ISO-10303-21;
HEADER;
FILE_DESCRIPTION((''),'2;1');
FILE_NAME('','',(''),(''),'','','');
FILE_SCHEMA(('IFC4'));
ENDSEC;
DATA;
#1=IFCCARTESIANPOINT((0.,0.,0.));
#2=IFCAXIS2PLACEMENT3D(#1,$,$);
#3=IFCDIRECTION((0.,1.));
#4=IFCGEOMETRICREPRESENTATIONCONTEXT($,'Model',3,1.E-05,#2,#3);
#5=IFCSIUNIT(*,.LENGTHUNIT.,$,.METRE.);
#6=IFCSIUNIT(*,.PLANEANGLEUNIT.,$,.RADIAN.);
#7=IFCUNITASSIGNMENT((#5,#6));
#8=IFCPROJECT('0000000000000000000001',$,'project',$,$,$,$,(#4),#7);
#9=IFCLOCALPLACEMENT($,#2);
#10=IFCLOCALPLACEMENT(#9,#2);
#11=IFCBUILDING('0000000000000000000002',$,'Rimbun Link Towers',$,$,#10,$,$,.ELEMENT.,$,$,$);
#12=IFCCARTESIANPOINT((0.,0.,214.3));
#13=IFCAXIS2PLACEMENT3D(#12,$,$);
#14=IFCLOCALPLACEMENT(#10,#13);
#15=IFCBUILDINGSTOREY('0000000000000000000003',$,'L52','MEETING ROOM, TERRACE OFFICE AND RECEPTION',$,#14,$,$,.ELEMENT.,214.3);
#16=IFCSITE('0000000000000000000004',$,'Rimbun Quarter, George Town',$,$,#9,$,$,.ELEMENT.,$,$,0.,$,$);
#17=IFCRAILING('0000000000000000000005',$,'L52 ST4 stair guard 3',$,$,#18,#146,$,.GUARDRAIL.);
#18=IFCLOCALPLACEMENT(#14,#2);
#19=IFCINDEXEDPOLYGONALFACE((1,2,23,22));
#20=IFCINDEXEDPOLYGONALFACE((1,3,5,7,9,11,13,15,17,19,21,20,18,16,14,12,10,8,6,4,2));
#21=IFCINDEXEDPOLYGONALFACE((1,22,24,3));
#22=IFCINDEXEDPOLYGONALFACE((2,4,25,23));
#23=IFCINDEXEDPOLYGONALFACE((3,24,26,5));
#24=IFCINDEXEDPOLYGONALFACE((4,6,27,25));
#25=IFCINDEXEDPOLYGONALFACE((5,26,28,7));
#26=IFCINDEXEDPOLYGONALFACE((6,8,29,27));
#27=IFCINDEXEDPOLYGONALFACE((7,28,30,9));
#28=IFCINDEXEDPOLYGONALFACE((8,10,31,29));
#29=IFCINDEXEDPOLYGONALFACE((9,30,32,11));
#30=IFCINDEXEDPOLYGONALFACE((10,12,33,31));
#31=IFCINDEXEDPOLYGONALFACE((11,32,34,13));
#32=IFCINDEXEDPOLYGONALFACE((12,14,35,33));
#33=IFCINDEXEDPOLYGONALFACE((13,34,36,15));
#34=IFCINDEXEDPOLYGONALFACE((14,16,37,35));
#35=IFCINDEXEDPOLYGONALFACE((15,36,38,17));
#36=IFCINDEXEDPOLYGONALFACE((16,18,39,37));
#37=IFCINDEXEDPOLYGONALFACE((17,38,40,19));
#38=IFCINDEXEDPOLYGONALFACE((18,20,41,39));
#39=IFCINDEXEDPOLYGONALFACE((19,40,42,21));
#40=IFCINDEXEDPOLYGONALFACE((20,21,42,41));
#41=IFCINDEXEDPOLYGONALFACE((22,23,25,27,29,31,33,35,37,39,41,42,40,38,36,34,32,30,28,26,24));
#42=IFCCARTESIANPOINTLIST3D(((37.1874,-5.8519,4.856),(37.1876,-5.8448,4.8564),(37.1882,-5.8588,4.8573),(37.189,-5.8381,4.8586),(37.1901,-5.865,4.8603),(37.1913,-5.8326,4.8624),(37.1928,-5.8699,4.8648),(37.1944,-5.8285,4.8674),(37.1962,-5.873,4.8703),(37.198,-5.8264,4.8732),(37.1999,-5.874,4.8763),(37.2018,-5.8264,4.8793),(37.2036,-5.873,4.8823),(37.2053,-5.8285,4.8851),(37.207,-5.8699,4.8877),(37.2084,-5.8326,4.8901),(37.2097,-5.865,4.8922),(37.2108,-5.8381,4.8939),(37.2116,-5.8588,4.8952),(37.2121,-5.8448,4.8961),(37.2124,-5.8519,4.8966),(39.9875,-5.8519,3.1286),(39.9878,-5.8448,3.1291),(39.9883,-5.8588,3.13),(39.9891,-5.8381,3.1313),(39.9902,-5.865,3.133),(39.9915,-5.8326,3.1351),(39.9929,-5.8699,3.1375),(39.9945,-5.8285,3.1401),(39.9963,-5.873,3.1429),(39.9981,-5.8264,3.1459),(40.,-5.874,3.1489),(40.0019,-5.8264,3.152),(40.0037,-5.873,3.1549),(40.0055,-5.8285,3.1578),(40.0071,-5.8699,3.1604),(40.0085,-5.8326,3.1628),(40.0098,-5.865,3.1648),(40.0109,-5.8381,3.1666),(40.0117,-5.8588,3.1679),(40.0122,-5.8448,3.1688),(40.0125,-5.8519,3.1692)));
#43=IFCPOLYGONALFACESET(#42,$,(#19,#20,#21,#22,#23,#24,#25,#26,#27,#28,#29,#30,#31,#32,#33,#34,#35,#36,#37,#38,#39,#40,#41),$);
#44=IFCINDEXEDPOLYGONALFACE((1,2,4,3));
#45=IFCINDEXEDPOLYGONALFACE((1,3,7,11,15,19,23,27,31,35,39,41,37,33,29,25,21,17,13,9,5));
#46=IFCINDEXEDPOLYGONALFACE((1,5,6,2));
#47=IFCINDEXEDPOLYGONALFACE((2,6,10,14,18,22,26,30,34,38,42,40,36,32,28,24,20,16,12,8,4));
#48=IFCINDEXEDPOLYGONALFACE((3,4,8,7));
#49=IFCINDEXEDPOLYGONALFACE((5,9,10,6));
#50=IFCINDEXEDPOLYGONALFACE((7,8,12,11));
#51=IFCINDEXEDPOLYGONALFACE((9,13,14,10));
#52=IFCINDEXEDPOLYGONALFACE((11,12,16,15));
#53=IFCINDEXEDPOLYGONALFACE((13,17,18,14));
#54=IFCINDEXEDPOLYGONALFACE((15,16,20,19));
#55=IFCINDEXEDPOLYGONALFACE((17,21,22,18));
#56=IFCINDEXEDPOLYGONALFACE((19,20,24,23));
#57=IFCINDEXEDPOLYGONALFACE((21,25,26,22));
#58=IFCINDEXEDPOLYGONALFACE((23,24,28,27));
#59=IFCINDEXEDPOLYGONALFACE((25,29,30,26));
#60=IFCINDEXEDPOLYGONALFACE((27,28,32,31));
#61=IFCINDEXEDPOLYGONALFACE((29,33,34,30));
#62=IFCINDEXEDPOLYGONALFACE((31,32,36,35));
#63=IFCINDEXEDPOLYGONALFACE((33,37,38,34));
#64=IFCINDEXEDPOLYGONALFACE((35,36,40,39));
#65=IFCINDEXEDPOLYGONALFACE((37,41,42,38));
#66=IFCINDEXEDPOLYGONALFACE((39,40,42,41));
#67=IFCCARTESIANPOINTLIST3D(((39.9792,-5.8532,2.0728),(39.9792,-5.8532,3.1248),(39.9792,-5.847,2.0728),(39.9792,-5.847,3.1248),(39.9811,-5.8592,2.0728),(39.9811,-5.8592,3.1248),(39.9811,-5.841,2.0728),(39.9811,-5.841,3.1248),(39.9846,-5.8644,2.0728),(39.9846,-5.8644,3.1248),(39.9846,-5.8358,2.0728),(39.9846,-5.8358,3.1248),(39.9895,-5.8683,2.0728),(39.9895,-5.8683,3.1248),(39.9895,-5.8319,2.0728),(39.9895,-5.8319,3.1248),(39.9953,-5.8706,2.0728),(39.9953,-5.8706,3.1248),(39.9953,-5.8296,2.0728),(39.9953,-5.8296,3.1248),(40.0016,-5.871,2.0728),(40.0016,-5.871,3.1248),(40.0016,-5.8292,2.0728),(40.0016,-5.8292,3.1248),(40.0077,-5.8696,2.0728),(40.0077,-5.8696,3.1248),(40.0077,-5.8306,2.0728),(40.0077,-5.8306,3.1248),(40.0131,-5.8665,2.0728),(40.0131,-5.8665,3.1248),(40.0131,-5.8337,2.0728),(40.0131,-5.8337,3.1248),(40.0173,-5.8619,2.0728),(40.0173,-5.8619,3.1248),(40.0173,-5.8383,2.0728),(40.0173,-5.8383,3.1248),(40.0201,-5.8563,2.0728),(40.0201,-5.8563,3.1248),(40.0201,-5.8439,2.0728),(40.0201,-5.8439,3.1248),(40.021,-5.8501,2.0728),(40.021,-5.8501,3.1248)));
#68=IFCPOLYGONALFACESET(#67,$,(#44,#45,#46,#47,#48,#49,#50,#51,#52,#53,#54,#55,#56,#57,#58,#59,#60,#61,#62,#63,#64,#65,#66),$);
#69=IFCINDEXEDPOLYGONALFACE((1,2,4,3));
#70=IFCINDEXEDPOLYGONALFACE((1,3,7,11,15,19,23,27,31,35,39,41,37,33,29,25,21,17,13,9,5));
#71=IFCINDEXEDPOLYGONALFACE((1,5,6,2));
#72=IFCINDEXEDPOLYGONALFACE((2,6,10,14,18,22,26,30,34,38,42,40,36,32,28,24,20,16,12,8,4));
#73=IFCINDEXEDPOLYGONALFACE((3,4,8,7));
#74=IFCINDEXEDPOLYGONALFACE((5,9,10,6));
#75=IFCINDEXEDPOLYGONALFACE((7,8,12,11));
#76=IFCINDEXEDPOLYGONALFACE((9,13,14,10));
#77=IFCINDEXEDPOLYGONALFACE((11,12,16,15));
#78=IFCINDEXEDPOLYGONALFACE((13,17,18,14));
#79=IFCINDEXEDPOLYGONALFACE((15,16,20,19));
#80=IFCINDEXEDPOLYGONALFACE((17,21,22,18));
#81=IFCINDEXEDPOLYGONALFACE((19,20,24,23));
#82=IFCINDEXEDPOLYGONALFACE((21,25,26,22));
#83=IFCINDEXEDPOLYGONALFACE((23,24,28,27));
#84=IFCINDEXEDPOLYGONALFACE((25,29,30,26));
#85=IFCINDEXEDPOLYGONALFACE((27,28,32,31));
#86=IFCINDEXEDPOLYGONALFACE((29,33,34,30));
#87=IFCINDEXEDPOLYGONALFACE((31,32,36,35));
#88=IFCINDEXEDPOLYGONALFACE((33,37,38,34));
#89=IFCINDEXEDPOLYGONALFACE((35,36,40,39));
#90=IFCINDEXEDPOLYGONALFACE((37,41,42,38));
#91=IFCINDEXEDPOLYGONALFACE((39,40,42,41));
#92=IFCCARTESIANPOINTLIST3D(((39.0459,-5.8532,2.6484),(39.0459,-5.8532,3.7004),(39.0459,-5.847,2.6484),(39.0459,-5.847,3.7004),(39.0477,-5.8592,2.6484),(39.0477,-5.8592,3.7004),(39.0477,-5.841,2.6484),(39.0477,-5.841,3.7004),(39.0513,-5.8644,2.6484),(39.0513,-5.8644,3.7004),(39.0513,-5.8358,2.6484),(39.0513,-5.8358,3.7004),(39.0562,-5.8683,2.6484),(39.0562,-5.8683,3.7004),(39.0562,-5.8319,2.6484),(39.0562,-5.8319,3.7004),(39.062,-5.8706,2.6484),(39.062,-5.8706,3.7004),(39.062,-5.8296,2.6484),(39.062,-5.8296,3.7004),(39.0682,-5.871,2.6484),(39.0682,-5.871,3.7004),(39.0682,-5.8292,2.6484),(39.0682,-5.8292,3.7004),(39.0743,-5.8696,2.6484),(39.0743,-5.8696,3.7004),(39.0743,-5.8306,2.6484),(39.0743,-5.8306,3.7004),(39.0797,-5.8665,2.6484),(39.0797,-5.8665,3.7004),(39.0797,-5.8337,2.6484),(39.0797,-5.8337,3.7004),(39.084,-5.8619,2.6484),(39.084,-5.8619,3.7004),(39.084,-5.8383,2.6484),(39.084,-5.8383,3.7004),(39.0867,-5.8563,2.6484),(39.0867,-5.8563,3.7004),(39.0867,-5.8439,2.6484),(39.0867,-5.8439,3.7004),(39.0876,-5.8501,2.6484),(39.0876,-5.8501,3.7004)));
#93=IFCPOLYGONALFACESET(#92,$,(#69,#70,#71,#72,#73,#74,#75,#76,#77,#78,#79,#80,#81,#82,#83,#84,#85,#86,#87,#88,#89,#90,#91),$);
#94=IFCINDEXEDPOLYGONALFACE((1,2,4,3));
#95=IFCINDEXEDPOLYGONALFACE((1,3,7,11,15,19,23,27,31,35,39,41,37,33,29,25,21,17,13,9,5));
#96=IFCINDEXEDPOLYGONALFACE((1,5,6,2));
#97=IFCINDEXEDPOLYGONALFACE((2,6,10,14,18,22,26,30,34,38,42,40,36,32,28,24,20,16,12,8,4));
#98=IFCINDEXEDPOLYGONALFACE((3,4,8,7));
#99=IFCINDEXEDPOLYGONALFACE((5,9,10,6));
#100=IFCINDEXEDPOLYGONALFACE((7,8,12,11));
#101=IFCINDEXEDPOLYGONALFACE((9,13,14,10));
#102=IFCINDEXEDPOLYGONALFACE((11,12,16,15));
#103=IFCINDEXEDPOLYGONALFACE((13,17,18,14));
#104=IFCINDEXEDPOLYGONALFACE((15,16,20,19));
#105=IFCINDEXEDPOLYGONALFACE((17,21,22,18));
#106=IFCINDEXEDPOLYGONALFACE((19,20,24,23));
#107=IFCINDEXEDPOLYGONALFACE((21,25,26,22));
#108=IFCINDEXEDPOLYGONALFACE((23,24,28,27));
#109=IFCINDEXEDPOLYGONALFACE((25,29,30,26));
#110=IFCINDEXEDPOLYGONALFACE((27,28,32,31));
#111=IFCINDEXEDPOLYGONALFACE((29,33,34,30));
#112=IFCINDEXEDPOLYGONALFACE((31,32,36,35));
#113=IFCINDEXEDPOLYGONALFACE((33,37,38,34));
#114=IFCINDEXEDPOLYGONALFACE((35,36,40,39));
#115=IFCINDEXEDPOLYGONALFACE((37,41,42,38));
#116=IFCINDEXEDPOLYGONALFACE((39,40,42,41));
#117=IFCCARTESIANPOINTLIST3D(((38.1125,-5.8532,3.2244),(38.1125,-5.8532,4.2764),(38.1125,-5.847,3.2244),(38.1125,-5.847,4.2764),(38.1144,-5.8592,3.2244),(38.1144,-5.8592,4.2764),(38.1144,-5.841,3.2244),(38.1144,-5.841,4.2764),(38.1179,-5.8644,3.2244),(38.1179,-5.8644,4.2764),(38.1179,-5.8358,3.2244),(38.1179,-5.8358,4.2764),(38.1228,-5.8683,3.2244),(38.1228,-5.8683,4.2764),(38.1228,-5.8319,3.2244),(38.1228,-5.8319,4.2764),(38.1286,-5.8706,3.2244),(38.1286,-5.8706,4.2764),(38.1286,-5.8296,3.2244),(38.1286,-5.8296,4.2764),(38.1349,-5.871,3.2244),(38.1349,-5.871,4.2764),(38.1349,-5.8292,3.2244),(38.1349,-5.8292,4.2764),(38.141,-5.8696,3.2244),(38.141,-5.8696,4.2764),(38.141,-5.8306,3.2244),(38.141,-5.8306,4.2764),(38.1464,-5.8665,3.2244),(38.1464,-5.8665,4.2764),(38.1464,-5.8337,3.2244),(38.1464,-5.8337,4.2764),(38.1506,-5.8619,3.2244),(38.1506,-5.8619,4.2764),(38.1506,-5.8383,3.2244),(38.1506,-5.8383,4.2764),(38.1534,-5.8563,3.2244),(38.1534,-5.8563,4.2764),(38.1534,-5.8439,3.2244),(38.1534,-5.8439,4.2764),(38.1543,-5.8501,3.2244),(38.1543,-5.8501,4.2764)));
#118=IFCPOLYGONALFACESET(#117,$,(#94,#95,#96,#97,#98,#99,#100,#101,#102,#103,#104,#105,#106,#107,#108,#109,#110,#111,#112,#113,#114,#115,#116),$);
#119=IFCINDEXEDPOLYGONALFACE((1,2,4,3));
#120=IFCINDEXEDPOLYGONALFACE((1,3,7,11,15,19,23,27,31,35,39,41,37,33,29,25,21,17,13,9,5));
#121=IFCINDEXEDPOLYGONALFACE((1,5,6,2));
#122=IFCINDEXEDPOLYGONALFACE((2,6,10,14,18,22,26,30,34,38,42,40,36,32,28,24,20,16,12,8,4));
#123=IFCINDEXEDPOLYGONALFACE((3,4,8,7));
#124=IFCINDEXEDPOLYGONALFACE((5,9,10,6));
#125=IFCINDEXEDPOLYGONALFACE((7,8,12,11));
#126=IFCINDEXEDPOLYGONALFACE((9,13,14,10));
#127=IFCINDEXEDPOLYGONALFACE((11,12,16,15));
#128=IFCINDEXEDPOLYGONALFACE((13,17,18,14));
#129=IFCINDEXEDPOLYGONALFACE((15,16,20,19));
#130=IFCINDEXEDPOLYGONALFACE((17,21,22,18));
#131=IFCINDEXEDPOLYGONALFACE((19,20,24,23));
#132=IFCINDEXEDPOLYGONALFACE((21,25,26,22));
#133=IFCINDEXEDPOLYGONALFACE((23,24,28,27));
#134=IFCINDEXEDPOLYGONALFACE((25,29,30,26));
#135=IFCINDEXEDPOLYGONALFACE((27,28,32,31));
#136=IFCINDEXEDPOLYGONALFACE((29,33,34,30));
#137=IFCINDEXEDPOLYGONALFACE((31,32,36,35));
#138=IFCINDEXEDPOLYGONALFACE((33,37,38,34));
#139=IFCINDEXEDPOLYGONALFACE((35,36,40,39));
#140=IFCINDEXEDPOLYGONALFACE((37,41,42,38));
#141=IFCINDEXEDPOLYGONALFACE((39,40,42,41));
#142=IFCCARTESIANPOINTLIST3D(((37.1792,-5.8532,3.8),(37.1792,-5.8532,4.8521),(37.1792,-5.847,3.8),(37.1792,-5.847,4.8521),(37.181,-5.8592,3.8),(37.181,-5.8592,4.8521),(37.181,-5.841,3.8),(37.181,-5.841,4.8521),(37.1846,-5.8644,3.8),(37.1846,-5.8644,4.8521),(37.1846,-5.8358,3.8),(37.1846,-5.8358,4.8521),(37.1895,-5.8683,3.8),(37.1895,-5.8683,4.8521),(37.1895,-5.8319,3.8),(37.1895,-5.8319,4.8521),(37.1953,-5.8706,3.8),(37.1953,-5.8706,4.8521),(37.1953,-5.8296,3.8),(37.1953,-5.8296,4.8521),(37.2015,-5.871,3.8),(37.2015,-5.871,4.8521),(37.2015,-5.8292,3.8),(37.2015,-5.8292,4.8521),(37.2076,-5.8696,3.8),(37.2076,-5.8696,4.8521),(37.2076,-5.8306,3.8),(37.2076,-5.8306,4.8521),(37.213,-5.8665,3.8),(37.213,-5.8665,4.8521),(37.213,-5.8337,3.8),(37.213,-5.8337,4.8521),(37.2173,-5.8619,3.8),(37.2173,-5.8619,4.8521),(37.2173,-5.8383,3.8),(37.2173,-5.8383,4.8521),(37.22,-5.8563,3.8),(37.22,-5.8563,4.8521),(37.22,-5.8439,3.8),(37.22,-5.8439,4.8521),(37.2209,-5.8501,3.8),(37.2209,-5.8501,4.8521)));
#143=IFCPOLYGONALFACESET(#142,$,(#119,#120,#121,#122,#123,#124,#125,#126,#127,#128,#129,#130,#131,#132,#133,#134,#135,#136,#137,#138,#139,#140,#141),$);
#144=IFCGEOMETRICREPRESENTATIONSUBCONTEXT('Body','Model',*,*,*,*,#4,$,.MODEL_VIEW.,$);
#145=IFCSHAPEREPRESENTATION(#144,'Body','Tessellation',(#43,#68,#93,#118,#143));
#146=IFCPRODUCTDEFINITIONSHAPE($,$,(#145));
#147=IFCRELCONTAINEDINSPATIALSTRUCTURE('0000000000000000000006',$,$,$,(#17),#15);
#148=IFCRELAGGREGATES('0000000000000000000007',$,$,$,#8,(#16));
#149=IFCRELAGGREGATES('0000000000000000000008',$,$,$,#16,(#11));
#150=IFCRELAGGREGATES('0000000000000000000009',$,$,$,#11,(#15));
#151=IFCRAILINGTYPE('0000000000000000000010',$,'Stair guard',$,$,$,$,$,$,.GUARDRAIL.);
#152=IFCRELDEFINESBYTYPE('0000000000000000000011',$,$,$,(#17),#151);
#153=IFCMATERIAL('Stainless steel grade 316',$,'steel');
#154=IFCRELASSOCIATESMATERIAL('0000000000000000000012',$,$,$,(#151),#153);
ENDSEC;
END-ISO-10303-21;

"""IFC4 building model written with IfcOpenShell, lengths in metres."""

from ifc_helpers import new_model, si_unit, direction, frame, origin, origin_2d, place, context, subcontext, project, spatial, circle, extrude, material, type_object, element, save


model = new_model("IFC4")

# Units and contexts
model_context = context("Model", 3, precision=1e-05, world=origin(), true_north=direction((0.0, 1.0)))
body_context = subcontext(model_context, "Body", "Model", "MODEL_VIEW")
ifc_project = project(units=[si_unit("LENGTHUNIT", "METRE"), si_unit("PLANEANGLEUNIT", "RADIAN")], contexts=[model_context])

# Site, building, storey
site_placement = place(None, origin())
site = spatial("IfcSite", under=ifc_project, at=site_placement, Name="Rimbun Quarter, George Town", CompositionType="ELEMENT", RefElevation=0.0)
building_placement = place(site_placement, origin())
building = spatial("IfcBuilding", under=site, at=building_placement, Name="Rimbun Link Towers", CompositionType="ELEMENT")
storey_placement = place(building_placement, frame((0.0, 0.0, 214.3)))
storey = spatial("IfcBuildingStorey", under=building, at=storey_placement, Name="L52", Description="MEETING ROOM, TERRACE OFFICE AND RECEPTION", CompositionType="ELEMENT", Elevation=214.3)

# Railing
ifc_material_1 = material(Name="Stainless steel grade 316", Category="steel")
railing_type_1 = type_object("IfcRailingType", Name="Stair guard", PredefinedType="GUARDRAIL", material=ifc_material_1)
railing_1_placement = place(storey_placement, frame((40.0, -5.8501, 2.0728)))
element("IfcRailing", 1, at=railing_1_placement, inside=storey, type_object=railing_type_1, Name="L52 ST4 stair guard 3", PredefinedType="GUARDRAIL", context=body_context, shape_type="SweptSolid", body=[
    extrude(circle(Radius=0.0239, at=origin_2d()), frame((0.0, 0.0, 1.0762), z_axis=(-0.85109, 0.0, 0.52502), x_axis=(0.0, -1.0, 0.0)), (0.0, 0.0, 1.0), 3.29),
    extrude(circle(Radius=0.021, at=origin_2d()), origin(), (0.0, 0.0, 1.0), 1.052),
    extrude(circle(Radius=0.021, at=origin_2d()), frame((-0.9333, 0.0, 0.5757)), (0.0, 0.0, 1.0), 1.052),
    extrude(circle(Radius=0.021, at=origin_2d()), frame((-1.8667, 0.0, 1.1516)), (0.0, 0.0, 1.0), 1.052),
    extrude(circle(Radius=0.021, at=origin_2d()), frame((-2.8, 0.0, 1.7273)), (0.0, 0.0, 1.0), 1.052),
])

save(model, "model.ifc")
